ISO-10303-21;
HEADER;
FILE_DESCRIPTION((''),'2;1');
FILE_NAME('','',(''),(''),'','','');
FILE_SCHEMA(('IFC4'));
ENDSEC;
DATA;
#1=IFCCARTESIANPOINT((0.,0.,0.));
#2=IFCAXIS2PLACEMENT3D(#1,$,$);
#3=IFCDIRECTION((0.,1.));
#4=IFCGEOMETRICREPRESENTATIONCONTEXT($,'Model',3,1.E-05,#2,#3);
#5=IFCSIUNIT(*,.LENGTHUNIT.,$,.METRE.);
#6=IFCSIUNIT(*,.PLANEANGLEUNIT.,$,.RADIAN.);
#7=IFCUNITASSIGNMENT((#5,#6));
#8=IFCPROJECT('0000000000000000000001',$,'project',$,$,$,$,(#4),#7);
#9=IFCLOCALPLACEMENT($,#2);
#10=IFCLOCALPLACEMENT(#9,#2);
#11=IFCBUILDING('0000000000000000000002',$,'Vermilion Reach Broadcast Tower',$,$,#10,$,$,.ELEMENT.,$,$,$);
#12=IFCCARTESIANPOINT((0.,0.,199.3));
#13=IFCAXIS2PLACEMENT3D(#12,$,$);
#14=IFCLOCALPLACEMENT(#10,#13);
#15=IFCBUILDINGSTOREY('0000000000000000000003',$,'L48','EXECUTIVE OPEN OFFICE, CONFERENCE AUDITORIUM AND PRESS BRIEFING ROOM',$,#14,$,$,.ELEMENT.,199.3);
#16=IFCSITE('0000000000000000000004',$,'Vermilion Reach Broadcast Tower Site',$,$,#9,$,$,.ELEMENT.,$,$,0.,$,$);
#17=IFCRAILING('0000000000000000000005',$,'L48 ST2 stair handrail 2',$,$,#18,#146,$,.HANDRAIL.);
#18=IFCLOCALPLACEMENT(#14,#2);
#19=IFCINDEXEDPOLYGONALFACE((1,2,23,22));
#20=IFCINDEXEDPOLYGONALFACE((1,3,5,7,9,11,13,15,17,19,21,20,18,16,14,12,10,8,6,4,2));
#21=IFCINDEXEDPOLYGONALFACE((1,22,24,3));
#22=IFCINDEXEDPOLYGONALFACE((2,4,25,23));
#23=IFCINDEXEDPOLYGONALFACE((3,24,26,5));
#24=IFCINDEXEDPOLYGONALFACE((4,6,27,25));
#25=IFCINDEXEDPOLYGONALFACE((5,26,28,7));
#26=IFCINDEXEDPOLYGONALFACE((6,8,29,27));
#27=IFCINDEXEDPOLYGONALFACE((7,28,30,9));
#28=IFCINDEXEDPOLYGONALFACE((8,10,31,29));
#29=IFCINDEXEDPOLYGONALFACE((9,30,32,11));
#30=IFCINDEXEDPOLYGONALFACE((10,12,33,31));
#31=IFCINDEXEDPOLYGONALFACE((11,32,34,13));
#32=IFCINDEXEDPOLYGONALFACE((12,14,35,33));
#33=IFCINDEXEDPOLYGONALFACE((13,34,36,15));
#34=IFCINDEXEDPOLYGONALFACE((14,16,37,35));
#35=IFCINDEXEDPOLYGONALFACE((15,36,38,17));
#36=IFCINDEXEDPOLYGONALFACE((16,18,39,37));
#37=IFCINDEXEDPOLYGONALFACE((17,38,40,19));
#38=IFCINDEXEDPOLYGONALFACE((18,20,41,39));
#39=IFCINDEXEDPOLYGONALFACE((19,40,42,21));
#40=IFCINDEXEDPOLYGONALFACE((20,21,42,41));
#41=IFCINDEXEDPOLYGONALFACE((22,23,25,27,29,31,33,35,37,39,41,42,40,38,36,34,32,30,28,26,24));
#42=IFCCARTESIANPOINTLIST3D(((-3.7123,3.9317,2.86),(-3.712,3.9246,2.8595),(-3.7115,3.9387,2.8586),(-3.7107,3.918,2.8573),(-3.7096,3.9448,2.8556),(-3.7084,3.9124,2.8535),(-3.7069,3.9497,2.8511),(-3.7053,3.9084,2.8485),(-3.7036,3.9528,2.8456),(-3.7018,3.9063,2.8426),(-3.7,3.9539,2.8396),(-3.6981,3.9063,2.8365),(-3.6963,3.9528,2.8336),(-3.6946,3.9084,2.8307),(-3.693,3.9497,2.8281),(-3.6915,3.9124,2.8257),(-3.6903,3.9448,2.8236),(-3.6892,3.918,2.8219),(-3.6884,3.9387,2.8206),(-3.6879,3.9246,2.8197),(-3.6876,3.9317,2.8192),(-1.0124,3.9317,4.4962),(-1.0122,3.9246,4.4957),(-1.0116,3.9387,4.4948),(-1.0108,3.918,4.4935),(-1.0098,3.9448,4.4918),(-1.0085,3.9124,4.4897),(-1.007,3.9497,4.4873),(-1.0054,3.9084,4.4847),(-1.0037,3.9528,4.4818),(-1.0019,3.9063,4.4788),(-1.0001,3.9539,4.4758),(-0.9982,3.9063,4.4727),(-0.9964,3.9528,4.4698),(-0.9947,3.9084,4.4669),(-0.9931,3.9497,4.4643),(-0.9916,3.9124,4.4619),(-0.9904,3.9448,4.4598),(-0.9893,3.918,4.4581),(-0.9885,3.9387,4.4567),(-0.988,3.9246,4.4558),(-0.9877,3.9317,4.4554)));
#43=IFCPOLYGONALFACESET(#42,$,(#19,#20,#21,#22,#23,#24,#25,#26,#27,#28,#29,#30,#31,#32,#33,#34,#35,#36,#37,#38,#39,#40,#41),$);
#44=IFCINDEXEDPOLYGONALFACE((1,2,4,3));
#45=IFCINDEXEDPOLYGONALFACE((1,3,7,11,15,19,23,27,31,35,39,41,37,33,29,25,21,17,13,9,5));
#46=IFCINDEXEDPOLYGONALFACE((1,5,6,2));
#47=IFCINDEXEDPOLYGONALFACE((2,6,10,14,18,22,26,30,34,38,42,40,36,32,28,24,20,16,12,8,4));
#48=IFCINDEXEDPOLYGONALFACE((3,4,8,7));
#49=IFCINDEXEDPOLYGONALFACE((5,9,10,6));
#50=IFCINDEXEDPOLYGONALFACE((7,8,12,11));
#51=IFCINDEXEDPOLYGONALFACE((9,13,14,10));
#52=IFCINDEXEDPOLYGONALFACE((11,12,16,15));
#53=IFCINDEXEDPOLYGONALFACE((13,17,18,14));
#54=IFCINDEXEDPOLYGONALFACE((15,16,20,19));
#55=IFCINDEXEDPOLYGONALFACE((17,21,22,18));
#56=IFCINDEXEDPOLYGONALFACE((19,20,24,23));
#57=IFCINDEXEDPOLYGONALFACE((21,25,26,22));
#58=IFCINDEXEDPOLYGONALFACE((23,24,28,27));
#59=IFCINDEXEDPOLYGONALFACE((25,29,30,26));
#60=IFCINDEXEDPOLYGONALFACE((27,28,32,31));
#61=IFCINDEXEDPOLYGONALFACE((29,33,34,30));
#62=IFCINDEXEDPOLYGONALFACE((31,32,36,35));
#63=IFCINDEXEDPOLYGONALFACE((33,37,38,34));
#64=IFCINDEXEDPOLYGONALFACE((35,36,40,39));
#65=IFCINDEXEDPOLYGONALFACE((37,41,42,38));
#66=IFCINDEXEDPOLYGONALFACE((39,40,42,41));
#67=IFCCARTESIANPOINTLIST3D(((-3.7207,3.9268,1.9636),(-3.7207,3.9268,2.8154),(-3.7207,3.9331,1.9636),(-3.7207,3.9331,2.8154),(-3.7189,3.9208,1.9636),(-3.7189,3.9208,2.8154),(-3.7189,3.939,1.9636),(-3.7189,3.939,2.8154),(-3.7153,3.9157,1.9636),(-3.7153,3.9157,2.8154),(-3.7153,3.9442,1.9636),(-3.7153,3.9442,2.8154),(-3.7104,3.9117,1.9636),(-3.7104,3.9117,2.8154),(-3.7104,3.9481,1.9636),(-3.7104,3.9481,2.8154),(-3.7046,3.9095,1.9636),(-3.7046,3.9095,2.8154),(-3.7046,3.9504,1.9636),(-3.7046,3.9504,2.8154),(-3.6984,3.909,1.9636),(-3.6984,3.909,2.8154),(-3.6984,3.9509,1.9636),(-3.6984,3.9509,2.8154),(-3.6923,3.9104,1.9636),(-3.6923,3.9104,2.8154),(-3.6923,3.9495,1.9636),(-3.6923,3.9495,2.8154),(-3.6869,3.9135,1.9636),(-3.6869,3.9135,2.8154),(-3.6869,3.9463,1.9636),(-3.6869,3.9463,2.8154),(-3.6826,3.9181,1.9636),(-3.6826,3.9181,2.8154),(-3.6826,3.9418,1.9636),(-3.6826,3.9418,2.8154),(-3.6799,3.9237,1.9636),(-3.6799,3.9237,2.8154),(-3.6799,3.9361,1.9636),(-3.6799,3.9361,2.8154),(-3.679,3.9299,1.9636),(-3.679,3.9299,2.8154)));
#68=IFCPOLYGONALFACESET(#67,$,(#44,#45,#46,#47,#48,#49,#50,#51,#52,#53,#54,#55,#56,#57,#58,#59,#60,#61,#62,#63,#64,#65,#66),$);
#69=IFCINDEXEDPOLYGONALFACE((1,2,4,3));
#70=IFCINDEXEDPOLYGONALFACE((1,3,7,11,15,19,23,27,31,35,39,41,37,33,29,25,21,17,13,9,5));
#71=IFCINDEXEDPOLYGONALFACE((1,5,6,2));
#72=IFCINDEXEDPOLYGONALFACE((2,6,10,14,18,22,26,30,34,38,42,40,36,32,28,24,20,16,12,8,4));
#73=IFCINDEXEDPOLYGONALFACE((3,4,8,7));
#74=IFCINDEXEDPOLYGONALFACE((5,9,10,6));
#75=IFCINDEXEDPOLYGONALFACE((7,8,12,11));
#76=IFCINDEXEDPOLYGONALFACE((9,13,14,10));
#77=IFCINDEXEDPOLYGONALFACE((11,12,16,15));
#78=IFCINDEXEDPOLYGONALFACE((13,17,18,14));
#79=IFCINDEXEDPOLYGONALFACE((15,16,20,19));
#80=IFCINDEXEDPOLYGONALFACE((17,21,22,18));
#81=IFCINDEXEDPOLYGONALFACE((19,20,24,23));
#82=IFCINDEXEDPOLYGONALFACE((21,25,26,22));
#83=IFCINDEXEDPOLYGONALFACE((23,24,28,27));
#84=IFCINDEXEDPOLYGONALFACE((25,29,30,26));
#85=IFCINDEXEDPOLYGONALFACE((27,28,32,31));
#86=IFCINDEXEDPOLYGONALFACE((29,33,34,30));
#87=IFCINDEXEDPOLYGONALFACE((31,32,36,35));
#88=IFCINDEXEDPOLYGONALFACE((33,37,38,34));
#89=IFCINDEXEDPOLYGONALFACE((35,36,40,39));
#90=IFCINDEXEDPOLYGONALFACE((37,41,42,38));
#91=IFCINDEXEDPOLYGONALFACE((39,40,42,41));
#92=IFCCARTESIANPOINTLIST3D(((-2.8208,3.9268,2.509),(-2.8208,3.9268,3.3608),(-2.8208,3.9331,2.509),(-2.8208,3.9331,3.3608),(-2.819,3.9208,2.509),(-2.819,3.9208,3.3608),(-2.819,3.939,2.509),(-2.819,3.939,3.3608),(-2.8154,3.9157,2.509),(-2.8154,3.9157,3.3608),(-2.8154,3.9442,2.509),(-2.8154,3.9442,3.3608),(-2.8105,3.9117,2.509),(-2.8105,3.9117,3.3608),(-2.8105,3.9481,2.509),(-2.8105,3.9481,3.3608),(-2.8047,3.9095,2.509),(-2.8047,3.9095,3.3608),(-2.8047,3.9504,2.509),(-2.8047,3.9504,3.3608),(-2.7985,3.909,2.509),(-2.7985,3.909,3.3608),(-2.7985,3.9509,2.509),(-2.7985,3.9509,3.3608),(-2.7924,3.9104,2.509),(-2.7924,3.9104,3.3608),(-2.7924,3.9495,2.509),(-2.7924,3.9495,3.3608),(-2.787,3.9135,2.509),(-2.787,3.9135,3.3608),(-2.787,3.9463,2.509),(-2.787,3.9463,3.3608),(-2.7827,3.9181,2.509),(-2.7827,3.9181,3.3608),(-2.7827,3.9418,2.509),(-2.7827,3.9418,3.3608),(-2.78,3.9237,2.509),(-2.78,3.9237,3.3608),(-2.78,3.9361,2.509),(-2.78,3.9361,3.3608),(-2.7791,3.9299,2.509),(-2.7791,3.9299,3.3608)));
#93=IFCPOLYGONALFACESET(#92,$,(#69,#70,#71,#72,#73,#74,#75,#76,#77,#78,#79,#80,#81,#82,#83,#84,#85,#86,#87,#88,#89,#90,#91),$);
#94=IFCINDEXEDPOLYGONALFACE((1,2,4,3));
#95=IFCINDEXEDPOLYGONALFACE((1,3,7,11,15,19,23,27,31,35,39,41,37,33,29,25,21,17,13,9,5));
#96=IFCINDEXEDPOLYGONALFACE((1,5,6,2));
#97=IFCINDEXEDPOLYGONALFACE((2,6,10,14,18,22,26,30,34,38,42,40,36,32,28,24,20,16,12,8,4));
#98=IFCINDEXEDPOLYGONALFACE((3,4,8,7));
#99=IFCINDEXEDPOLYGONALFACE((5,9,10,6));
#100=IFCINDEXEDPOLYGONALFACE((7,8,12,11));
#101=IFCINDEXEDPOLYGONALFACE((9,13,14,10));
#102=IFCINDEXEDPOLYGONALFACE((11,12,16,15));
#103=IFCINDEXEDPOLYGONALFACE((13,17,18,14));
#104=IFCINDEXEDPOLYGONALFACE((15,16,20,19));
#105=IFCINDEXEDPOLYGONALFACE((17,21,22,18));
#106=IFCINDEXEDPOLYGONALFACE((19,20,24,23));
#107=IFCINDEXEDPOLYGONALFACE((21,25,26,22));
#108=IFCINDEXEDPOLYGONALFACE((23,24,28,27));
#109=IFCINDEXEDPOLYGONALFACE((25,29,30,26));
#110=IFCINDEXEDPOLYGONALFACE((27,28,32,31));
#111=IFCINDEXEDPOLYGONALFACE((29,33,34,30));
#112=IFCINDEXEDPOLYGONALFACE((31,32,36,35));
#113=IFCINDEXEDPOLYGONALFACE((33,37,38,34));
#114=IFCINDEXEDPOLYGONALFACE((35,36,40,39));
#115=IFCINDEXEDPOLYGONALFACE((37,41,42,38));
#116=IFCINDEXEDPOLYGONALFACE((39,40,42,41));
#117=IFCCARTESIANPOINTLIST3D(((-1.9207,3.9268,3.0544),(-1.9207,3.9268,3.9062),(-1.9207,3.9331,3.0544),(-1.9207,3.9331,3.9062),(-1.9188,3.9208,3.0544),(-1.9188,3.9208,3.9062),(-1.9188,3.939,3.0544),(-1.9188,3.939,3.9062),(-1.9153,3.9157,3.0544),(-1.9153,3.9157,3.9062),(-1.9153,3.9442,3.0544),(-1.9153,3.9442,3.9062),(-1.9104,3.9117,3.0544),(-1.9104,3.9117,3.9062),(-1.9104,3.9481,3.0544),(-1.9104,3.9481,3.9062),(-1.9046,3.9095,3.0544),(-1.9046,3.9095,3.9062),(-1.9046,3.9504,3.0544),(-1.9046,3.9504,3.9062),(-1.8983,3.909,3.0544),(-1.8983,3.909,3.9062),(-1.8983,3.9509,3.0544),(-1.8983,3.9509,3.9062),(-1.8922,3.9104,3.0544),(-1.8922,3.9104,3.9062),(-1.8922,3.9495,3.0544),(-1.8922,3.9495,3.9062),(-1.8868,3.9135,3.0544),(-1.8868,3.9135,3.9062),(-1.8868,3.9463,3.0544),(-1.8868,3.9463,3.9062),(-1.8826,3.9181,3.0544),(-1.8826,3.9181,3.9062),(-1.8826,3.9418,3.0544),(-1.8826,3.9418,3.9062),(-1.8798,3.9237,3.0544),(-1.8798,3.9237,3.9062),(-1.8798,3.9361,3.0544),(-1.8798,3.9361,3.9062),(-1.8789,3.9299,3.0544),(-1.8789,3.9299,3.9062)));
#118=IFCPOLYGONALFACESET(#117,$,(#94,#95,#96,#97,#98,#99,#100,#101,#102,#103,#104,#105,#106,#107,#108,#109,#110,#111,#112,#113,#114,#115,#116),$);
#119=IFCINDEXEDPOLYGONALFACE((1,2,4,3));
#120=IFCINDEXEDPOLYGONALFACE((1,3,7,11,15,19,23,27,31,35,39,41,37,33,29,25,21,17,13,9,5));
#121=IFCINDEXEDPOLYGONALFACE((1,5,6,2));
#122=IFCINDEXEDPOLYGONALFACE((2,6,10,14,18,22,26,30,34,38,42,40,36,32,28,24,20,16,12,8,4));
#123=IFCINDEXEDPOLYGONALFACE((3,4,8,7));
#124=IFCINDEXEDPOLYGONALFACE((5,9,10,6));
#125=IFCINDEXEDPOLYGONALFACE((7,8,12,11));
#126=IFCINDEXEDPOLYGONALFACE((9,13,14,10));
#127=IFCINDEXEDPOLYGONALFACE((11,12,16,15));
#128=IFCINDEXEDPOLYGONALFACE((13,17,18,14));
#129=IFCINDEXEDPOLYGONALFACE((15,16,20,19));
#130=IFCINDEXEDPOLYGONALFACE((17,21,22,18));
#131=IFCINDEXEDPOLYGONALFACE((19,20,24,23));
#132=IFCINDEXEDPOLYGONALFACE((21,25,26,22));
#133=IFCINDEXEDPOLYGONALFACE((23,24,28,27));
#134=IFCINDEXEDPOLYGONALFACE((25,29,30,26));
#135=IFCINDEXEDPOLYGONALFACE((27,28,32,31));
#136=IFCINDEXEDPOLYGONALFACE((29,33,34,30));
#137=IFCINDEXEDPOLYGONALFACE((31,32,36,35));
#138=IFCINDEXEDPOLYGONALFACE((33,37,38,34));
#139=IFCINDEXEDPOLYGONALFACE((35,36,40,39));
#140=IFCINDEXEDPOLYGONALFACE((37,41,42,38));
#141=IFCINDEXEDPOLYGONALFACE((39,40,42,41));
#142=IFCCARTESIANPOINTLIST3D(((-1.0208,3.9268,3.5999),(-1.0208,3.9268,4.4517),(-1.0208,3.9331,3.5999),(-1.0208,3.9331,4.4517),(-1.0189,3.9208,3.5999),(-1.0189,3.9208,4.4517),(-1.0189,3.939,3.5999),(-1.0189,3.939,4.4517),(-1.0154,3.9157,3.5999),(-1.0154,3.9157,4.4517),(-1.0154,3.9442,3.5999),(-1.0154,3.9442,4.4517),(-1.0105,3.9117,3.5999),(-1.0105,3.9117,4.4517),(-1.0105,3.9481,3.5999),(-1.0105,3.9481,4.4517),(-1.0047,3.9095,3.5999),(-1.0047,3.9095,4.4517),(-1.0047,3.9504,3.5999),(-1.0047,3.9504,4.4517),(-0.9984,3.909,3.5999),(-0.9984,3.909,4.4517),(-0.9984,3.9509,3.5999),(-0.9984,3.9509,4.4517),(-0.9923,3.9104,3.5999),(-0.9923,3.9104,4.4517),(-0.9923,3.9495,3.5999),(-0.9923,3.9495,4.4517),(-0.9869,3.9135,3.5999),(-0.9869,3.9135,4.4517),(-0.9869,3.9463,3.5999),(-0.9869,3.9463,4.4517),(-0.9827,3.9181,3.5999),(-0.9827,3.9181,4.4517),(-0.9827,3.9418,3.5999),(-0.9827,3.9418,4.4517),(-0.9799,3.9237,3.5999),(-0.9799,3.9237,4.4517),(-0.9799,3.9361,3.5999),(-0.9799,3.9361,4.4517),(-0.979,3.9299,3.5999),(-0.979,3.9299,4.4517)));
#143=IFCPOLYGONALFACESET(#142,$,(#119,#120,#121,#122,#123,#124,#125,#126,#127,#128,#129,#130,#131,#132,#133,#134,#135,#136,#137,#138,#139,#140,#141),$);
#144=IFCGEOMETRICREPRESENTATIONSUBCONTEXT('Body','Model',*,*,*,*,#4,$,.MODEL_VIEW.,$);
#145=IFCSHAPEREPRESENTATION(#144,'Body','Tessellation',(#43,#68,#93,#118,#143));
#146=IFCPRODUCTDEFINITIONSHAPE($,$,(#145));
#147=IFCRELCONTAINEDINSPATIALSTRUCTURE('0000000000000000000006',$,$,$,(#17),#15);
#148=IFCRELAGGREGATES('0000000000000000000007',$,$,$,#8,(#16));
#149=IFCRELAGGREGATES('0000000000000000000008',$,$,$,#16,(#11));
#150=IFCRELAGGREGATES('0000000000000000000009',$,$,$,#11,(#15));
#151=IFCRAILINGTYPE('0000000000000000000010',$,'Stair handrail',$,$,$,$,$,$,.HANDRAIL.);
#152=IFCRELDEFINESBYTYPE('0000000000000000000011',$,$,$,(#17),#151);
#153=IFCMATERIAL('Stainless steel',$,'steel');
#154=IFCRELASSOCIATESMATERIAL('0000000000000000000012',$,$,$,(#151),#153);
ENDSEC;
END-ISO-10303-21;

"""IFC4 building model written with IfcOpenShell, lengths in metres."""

from ifc_helpers import new_model, si_unit, direction, frame, origin, origin_2d, place, context, subcontext, project, spatial, circle, extrude, material, type_object, element, save


model = new_model("IFC4")

# Units and contexts
model_context = context("Model", 3, precision=1e-05, world=origin(), true_north=direction((0.0, 1.0)))
body_context = subcontext(model_context, "Body", "Model", "MODEL_VIEW")
ifc_project = project(units=[si_unit("LENGTHUNIT", "METRE"), si_unit("PLANEANGLEUNIT", "RADIAN")], contexts=[model_context])

# Site, building, storey
site_placement = place(None, origin())
site = spatial("IfcSite", under=ifc_project, at=site_placement, Name="Vermilion Reach Broadcast Tower Site", CompositionType="ELEMENT", RefElevation=0.0)
building_placement = place(site_placement, origin())
building = spatial("IfcBuilding", under=site, at=building_placement, Name="Vermilion Reach Broadcast Tower", CompositionType="ELEMENT")
storey_placement = place(building_placement, frame((0.0, 0.0, 199.3)))
storey = spatial("IfcBuildingStorey", under=building, at=storey_placement, Name="L48", Description="EXECUTIVE OPEN OFFICE, CONFERENCE AUDITORIUM AND PRESS BRIEFING ROOM", CompositionType="ELEMENT", Elevation=199.3)

# Railing
ifc_material_1 = material(Name="Stainless steel", Category="steel")
railing_type_1 = type_object("IfcRailingType", Name="Stair handrail", PredefinedType="HANDRAIL", material=ifc_material_1)
railing_1_placement = place(storey_placement, frame((-3.7, 3.9299, 1.9636)))
element("IfcRailing", 1, at=railing_1_placement, inside=storey, type_object=railing_type_1, Name="L48 ST2 stair handrail 2", PredefinedType="HANDRAIL", context=body_context, shape_type="SweptSolid", body=[
    extrude(circle(Radius=0.0239, at=origin_2d()), frame((0.0, 0.0, 0.876), z_axis=(0.855212, 0.0, 0.518278), x_axis=(0.0, 1.0, 0.0)), (0.0, 0.0, 1.0), 3.157),
    extrude(circle(Radius=0.021, at=origin_2d()), origin(), (0.0, 0.0, 1.0), 0.8518),
    extrude(circle(Radius=0.021, at=origin_2d()), frame((0.8999, 0.0, 0.5454)), (0.0, 0.0, 1.0), 0.8518),
    extrude(circle(Radius=0.021, at=origin_2d()), frame((1.8, 0.0, 1.0908)), (0.0, 0.0, 1.0), 0.8518),
    extrude(circle(Radius=0.021, at=origin_2d()), frame((2.7, 0.0, 1.6362)), (0.0, 0.0, 1.0), 0.8518),
])

save(model, "model.ifc")
